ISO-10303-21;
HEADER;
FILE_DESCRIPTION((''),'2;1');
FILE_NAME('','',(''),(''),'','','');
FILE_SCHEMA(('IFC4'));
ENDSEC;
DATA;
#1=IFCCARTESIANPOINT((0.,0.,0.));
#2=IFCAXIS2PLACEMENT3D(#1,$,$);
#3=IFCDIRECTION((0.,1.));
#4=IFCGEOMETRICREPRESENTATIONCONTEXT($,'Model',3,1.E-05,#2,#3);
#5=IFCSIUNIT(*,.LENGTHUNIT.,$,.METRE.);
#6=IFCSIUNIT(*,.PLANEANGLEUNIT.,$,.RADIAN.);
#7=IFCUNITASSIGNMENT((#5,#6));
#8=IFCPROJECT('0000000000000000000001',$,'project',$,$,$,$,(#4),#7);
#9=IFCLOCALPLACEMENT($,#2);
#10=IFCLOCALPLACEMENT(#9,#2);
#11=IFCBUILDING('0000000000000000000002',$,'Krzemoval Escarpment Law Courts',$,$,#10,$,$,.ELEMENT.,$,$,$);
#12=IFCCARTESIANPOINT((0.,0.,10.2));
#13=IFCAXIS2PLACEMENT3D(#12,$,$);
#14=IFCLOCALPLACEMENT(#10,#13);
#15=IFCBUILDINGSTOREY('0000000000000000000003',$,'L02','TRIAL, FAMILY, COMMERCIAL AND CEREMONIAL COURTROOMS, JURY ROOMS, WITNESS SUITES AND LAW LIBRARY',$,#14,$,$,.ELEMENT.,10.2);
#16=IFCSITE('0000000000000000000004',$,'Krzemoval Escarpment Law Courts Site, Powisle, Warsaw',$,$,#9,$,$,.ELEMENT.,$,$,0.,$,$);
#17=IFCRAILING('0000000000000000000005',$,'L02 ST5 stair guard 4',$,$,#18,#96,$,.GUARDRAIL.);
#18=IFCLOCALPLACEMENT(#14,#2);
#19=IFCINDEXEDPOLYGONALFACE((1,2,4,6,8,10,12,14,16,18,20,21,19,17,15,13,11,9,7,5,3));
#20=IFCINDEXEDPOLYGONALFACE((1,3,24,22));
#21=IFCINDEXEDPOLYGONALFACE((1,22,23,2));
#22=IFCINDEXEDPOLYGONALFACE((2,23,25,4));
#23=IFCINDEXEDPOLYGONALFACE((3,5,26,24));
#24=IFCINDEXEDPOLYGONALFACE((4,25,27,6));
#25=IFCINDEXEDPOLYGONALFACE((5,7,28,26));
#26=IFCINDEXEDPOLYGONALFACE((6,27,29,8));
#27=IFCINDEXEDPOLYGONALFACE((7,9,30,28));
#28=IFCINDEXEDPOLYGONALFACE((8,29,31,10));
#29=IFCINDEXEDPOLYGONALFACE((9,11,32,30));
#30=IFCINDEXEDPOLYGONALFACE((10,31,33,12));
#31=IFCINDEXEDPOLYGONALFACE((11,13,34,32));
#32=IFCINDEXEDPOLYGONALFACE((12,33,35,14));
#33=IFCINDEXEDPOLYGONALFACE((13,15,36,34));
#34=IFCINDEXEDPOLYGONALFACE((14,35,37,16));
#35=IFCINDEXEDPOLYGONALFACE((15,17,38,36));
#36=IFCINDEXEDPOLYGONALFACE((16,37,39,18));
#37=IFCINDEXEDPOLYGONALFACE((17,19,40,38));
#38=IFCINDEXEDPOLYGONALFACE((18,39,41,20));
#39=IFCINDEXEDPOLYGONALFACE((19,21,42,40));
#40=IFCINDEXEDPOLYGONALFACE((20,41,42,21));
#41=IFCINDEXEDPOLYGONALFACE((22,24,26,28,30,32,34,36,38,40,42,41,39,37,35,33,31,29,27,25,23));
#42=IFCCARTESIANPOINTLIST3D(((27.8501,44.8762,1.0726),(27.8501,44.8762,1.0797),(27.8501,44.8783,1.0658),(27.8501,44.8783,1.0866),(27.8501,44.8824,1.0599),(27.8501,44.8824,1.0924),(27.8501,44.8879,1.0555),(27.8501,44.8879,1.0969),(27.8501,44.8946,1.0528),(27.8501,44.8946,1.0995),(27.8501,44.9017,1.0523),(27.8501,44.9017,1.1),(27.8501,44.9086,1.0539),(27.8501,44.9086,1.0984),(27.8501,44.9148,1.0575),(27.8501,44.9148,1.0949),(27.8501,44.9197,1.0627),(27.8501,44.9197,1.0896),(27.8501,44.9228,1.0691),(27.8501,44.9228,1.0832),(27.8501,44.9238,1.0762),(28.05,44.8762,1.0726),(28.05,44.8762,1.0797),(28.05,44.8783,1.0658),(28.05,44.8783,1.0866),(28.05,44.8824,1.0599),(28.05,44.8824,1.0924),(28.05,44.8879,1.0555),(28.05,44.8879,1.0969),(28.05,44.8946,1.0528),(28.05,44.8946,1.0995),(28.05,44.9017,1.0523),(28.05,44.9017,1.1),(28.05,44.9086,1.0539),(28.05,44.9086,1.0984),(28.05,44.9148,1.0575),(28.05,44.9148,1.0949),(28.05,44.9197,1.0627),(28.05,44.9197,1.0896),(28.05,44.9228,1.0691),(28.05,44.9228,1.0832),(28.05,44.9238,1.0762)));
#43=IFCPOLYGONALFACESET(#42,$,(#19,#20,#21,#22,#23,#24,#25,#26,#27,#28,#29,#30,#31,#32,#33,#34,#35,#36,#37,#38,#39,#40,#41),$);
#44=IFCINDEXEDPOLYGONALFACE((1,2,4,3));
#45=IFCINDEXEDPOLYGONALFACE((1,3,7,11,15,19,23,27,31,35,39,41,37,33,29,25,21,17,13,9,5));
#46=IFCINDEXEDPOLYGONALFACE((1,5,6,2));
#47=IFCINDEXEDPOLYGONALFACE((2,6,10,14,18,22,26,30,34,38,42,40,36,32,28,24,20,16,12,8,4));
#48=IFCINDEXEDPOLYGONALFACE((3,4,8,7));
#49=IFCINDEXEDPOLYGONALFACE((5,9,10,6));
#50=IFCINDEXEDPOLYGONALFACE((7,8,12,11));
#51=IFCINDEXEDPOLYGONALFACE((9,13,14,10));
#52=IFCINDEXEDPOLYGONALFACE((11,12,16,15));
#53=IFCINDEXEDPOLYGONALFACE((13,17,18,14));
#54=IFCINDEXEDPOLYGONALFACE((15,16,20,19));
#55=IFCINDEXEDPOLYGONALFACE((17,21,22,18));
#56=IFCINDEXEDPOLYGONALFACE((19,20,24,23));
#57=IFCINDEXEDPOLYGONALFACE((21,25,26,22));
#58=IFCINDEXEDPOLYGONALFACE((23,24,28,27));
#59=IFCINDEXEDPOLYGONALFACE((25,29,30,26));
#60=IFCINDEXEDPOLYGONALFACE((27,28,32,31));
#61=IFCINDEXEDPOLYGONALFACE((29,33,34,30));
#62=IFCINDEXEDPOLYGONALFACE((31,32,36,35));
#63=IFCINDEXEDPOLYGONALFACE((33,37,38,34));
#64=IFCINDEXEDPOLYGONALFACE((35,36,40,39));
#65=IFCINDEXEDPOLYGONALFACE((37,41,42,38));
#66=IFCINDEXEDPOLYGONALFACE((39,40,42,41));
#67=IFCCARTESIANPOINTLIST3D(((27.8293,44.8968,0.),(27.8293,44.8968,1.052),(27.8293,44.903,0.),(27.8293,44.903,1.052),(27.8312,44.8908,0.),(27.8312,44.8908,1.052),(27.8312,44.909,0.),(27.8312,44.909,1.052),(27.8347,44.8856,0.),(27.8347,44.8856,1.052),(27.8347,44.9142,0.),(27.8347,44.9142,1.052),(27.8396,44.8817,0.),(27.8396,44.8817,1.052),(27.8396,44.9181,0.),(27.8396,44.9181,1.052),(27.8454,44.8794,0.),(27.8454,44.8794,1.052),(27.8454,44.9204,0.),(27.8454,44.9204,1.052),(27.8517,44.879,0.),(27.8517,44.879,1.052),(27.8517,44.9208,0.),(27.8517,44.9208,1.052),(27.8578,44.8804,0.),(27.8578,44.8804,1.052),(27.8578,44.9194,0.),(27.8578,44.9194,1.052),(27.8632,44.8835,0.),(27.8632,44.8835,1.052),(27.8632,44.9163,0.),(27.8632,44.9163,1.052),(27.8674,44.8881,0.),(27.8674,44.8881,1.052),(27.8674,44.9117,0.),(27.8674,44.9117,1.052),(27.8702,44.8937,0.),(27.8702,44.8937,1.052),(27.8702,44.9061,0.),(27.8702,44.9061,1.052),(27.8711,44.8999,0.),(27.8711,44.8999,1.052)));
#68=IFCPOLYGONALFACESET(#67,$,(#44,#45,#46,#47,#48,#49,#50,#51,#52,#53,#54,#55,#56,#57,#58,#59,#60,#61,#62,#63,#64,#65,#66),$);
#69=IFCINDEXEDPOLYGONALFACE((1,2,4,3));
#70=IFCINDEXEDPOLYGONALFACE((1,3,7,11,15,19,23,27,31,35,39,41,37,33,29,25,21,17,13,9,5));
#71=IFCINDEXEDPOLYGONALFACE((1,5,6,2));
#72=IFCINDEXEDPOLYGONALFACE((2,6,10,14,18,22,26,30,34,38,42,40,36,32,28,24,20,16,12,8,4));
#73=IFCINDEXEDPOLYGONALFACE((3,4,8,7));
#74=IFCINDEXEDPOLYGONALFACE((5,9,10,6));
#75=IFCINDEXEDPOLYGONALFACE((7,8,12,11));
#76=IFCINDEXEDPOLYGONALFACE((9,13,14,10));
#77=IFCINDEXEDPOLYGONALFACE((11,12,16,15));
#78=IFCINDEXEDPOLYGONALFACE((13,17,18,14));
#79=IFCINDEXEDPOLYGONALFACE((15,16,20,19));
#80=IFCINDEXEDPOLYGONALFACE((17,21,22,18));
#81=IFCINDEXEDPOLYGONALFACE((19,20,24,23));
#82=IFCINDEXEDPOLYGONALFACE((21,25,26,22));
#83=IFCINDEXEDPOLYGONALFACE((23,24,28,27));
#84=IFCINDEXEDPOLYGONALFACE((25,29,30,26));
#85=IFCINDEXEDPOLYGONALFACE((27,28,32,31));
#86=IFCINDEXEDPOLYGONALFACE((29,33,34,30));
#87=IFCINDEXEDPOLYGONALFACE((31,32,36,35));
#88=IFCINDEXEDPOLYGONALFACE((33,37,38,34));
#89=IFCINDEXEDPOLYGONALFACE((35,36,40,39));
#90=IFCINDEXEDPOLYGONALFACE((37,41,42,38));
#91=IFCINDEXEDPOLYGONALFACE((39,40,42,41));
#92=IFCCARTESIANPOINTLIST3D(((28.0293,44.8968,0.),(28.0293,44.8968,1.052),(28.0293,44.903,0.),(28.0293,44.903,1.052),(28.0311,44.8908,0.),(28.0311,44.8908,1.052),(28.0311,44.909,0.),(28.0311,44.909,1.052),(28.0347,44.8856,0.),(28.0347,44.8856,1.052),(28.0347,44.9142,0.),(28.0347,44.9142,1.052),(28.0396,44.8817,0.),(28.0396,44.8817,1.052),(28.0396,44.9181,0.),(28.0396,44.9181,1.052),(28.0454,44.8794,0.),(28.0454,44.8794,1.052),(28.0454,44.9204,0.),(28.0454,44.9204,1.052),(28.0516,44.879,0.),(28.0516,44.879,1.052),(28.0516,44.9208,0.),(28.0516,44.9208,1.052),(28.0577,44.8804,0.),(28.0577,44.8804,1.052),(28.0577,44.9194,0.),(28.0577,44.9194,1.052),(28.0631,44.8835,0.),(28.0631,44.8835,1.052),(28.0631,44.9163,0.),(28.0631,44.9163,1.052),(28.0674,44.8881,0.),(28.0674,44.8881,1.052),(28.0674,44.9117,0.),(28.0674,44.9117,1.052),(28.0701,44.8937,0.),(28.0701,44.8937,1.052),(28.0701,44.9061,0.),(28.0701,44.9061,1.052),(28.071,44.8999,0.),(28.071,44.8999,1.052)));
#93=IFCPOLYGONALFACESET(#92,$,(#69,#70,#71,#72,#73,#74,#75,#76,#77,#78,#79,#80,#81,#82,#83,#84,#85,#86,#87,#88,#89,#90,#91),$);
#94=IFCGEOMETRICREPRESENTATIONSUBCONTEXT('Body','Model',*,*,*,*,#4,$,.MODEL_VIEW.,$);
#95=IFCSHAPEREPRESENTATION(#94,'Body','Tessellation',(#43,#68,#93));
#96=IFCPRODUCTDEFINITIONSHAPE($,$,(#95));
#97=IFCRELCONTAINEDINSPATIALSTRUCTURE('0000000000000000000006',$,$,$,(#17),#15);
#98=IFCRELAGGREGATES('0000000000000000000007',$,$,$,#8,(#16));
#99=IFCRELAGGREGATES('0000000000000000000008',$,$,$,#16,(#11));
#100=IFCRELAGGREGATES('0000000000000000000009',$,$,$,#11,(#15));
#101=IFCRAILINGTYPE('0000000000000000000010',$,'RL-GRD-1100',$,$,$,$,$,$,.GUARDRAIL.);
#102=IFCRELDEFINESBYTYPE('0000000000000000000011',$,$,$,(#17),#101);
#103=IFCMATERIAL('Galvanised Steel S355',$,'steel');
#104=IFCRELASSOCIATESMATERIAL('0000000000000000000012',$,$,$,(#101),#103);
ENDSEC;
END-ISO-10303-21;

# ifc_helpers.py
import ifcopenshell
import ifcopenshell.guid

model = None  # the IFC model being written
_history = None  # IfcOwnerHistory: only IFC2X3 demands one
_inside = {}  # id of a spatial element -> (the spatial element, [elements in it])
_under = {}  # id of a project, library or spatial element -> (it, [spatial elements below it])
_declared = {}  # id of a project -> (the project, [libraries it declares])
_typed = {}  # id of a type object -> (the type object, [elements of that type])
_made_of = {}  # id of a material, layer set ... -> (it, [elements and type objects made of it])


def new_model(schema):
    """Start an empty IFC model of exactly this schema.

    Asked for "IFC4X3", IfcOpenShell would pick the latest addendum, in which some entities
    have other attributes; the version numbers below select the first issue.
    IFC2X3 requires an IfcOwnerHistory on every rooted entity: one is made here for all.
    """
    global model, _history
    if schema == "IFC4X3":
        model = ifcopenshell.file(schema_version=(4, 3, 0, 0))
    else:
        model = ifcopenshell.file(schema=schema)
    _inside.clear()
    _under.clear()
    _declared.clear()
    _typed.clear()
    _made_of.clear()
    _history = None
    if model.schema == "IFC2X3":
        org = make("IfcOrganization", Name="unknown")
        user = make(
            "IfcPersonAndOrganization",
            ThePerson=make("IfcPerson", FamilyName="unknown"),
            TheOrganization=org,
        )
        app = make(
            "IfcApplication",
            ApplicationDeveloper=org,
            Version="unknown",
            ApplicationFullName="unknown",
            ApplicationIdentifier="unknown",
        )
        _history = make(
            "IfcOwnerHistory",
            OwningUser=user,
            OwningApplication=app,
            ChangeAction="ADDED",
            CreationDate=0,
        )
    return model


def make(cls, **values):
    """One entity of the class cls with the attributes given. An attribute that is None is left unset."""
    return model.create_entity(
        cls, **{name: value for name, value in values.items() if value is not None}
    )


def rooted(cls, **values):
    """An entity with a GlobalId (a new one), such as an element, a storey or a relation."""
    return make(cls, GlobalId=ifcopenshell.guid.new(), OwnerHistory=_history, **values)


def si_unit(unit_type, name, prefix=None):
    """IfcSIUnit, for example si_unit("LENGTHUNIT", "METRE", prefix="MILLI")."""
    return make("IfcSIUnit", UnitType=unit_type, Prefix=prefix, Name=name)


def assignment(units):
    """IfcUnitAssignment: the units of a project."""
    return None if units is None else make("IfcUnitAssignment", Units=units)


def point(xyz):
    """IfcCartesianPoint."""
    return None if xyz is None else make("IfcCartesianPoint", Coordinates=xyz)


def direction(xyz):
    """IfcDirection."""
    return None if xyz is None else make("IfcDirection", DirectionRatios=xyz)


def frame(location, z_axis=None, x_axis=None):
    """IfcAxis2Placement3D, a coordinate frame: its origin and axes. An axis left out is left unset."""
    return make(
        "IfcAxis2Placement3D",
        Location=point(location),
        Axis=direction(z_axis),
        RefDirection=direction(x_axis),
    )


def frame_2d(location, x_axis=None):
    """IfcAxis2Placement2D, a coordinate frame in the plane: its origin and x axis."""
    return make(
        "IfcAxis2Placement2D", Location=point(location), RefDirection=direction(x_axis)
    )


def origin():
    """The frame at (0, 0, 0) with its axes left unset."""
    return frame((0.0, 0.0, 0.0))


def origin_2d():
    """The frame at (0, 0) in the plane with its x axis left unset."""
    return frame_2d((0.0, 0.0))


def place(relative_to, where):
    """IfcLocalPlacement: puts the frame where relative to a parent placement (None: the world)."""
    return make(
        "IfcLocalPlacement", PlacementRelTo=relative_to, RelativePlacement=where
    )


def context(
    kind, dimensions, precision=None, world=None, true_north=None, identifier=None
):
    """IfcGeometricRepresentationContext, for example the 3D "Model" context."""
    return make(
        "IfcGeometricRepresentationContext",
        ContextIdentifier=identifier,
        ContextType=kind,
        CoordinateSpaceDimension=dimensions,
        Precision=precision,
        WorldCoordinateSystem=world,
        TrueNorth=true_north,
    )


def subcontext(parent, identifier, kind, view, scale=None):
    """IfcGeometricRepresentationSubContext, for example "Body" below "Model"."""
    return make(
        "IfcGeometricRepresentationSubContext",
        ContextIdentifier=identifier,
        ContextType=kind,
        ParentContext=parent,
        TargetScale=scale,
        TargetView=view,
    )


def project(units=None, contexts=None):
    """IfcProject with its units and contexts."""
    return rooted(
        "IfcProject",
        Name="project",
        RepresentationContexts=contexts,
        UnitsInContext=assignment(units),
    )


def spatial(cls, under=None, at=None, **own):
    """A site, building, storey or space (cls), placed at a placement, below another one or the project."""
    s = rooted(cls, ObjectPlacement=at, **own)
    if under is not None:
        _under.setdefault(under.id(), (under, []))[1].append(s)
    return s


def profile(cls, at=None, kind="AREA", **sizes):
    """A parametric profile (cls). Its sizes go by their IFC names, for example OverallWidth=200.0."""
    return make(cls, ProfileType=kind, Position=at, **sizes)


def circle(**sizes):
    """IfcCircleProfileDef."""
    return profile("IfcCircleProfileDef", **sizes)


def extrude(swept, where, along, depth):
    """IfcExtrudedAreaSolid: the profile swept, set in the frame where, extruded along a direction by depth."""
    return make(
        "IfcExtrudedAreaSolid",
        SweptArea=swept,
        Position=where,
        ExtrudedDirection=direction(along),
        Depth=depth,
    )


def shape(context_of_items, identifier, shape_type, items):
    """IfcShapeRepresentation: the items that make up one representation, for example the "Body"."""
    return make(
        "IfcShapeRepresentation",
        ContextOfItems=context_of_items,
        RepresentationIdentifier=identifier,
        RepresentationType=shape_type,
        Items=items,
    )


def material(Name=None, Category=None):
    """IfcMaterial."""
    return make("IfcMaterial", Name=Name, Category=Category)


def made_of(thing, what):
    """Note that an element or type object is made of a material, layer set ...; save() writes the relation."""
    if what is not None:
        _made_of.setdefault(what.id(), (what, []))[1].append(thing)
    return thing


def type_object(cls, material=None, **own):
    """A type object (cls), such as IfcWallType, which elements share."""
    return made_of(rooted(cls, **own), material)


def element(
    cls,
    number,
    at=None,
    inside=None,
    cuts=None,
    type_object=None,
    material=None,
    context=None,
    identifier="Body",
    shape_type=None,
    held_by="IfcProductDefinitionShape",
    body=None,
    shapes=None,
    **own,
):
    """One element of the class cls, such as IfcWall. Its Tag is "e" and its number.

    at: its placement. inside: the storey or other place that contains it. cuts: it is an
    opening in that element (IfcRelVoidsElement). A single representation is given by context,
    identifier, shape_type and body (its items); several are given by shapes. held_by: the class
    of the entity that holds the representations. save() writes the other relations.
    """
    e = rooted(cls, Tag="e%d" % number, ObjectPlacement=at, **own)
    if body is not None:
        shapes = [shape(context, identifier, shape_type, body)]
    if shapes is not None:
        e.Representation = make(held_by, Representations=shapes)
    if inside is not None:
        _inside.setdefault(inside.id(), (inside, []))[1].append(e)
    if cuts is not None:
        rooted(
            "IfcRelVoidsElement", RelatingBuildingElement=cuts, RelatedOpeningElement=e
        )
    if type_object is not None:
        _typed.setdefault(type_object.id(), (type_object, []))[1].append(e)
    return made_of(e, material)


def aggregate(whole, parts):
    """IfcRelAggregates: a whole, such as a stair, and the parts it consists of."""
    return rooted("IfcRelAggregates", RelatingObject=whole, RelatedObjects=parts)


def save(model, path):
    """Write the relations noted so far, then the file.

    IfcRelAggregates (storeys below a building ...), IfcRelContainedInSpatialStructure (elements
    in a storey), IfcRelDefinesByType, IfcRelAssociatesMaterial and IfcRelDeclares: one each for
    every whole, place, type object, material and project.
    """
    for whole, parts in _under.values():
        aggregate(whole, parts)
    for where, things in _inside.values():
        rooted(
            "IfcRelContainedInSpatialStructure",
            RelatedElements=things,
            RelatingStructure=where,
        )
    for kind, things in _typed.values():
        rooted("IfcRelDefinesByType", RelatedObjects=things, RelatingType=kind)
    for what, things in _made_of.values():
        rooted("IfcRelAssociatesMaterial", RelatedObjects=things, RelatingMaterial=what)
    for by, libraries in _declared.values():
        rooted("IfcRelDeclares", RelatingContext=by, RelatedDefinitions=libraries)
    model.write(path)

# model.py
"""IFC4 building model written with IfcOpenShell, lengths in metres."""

from ifc_helpers import new_model, si_unit, direction, frame, origin, origin_2d, place, context, subcontext, project, spatial, circle, extrude, material, type_object, element, save


model = new_model("IFC4")

# Units and contexts
model_context = context("Model", 3, precision=1e-05, world=origin(), true_north=direction((0.0, 1.0)))
body_context = subcontext(model_context, "Body", "Model", "MODEL_VIEW")
ifc_project = project(units=[si_unit("LENGTHUNIT", "METRE"), si_unit("PLANEANGLEUNIT", "RADIAN")], contexts=[model_context])

# Site, building, storey
site_placement = place(None, origin())
site = spatial("IfcSite", under=ifc_project, at=site_placement, Name="Krzemoval Escarpment Law Courts Site, Powisle, Warsaw", CompositionType="ELEMENT", RefElevation=0.0)
building_placement = place(site_placement, origin())
building = spatial("IfcBuilding", under=site, at=building_placement, Name="Krzemoval Escarpment Law Courts", CompositionType="ELEMENT")
storey_placement = place(building_placement, frame((0.0, 0.0, 10.2)))
storey = spatial("IfcBuildingStorey", under=building, at=storey_placement, Name="L02", Description="TRIAL, FAMILY, COMMERCIAL AND CEREMONIAL COURTROOMS, JURY ROOMS, WITNESS SUITES AND LAW LIBRARY", CompositionType="ELEMENT", Elevation=10.2)

# Railing
ifc_material_1 = material(Name="Galvanised Steel S355", Category="steel")
railing_type_1 = type_object("IfcRailingType", Name="RL-GRD-1100", PredefinedType="GUARDRAIL", material=ifc_material_1)
railing_1_placement = place(storey_placement, frame((27.8501, 44.8999, 0.0)))
element("IfcRailing", 1, at=railing_1_placement, inside=storey, type_object=railing_type_1, Name="L02 ST5 stair guard 4", PredefinedType="GUARDRAIL", context=body_context, shape_type="SweptSolid", body=[
    extrude(circle(Radius=0.0239, at=origin_2d()), frame((0.0, 0.0, 1.0762), z_axis=(1.0, 0.0, 0.0), x_axis=(0.0, 1.0, 0.0)), (0.0, 0.0, 1.0), 0.2),
    extrude(circle(Radius=0.021, at=origin_2d()), origin(), (0.0, 0.0, 1.0), 1.052),
    extrude(circle(Radius=0.021, at=origin_2d()), frame((0.2, 0.0, 0.0)), (0.0, 0.0, 1.0), 1.052),
])

save(model, "model.ifc")
